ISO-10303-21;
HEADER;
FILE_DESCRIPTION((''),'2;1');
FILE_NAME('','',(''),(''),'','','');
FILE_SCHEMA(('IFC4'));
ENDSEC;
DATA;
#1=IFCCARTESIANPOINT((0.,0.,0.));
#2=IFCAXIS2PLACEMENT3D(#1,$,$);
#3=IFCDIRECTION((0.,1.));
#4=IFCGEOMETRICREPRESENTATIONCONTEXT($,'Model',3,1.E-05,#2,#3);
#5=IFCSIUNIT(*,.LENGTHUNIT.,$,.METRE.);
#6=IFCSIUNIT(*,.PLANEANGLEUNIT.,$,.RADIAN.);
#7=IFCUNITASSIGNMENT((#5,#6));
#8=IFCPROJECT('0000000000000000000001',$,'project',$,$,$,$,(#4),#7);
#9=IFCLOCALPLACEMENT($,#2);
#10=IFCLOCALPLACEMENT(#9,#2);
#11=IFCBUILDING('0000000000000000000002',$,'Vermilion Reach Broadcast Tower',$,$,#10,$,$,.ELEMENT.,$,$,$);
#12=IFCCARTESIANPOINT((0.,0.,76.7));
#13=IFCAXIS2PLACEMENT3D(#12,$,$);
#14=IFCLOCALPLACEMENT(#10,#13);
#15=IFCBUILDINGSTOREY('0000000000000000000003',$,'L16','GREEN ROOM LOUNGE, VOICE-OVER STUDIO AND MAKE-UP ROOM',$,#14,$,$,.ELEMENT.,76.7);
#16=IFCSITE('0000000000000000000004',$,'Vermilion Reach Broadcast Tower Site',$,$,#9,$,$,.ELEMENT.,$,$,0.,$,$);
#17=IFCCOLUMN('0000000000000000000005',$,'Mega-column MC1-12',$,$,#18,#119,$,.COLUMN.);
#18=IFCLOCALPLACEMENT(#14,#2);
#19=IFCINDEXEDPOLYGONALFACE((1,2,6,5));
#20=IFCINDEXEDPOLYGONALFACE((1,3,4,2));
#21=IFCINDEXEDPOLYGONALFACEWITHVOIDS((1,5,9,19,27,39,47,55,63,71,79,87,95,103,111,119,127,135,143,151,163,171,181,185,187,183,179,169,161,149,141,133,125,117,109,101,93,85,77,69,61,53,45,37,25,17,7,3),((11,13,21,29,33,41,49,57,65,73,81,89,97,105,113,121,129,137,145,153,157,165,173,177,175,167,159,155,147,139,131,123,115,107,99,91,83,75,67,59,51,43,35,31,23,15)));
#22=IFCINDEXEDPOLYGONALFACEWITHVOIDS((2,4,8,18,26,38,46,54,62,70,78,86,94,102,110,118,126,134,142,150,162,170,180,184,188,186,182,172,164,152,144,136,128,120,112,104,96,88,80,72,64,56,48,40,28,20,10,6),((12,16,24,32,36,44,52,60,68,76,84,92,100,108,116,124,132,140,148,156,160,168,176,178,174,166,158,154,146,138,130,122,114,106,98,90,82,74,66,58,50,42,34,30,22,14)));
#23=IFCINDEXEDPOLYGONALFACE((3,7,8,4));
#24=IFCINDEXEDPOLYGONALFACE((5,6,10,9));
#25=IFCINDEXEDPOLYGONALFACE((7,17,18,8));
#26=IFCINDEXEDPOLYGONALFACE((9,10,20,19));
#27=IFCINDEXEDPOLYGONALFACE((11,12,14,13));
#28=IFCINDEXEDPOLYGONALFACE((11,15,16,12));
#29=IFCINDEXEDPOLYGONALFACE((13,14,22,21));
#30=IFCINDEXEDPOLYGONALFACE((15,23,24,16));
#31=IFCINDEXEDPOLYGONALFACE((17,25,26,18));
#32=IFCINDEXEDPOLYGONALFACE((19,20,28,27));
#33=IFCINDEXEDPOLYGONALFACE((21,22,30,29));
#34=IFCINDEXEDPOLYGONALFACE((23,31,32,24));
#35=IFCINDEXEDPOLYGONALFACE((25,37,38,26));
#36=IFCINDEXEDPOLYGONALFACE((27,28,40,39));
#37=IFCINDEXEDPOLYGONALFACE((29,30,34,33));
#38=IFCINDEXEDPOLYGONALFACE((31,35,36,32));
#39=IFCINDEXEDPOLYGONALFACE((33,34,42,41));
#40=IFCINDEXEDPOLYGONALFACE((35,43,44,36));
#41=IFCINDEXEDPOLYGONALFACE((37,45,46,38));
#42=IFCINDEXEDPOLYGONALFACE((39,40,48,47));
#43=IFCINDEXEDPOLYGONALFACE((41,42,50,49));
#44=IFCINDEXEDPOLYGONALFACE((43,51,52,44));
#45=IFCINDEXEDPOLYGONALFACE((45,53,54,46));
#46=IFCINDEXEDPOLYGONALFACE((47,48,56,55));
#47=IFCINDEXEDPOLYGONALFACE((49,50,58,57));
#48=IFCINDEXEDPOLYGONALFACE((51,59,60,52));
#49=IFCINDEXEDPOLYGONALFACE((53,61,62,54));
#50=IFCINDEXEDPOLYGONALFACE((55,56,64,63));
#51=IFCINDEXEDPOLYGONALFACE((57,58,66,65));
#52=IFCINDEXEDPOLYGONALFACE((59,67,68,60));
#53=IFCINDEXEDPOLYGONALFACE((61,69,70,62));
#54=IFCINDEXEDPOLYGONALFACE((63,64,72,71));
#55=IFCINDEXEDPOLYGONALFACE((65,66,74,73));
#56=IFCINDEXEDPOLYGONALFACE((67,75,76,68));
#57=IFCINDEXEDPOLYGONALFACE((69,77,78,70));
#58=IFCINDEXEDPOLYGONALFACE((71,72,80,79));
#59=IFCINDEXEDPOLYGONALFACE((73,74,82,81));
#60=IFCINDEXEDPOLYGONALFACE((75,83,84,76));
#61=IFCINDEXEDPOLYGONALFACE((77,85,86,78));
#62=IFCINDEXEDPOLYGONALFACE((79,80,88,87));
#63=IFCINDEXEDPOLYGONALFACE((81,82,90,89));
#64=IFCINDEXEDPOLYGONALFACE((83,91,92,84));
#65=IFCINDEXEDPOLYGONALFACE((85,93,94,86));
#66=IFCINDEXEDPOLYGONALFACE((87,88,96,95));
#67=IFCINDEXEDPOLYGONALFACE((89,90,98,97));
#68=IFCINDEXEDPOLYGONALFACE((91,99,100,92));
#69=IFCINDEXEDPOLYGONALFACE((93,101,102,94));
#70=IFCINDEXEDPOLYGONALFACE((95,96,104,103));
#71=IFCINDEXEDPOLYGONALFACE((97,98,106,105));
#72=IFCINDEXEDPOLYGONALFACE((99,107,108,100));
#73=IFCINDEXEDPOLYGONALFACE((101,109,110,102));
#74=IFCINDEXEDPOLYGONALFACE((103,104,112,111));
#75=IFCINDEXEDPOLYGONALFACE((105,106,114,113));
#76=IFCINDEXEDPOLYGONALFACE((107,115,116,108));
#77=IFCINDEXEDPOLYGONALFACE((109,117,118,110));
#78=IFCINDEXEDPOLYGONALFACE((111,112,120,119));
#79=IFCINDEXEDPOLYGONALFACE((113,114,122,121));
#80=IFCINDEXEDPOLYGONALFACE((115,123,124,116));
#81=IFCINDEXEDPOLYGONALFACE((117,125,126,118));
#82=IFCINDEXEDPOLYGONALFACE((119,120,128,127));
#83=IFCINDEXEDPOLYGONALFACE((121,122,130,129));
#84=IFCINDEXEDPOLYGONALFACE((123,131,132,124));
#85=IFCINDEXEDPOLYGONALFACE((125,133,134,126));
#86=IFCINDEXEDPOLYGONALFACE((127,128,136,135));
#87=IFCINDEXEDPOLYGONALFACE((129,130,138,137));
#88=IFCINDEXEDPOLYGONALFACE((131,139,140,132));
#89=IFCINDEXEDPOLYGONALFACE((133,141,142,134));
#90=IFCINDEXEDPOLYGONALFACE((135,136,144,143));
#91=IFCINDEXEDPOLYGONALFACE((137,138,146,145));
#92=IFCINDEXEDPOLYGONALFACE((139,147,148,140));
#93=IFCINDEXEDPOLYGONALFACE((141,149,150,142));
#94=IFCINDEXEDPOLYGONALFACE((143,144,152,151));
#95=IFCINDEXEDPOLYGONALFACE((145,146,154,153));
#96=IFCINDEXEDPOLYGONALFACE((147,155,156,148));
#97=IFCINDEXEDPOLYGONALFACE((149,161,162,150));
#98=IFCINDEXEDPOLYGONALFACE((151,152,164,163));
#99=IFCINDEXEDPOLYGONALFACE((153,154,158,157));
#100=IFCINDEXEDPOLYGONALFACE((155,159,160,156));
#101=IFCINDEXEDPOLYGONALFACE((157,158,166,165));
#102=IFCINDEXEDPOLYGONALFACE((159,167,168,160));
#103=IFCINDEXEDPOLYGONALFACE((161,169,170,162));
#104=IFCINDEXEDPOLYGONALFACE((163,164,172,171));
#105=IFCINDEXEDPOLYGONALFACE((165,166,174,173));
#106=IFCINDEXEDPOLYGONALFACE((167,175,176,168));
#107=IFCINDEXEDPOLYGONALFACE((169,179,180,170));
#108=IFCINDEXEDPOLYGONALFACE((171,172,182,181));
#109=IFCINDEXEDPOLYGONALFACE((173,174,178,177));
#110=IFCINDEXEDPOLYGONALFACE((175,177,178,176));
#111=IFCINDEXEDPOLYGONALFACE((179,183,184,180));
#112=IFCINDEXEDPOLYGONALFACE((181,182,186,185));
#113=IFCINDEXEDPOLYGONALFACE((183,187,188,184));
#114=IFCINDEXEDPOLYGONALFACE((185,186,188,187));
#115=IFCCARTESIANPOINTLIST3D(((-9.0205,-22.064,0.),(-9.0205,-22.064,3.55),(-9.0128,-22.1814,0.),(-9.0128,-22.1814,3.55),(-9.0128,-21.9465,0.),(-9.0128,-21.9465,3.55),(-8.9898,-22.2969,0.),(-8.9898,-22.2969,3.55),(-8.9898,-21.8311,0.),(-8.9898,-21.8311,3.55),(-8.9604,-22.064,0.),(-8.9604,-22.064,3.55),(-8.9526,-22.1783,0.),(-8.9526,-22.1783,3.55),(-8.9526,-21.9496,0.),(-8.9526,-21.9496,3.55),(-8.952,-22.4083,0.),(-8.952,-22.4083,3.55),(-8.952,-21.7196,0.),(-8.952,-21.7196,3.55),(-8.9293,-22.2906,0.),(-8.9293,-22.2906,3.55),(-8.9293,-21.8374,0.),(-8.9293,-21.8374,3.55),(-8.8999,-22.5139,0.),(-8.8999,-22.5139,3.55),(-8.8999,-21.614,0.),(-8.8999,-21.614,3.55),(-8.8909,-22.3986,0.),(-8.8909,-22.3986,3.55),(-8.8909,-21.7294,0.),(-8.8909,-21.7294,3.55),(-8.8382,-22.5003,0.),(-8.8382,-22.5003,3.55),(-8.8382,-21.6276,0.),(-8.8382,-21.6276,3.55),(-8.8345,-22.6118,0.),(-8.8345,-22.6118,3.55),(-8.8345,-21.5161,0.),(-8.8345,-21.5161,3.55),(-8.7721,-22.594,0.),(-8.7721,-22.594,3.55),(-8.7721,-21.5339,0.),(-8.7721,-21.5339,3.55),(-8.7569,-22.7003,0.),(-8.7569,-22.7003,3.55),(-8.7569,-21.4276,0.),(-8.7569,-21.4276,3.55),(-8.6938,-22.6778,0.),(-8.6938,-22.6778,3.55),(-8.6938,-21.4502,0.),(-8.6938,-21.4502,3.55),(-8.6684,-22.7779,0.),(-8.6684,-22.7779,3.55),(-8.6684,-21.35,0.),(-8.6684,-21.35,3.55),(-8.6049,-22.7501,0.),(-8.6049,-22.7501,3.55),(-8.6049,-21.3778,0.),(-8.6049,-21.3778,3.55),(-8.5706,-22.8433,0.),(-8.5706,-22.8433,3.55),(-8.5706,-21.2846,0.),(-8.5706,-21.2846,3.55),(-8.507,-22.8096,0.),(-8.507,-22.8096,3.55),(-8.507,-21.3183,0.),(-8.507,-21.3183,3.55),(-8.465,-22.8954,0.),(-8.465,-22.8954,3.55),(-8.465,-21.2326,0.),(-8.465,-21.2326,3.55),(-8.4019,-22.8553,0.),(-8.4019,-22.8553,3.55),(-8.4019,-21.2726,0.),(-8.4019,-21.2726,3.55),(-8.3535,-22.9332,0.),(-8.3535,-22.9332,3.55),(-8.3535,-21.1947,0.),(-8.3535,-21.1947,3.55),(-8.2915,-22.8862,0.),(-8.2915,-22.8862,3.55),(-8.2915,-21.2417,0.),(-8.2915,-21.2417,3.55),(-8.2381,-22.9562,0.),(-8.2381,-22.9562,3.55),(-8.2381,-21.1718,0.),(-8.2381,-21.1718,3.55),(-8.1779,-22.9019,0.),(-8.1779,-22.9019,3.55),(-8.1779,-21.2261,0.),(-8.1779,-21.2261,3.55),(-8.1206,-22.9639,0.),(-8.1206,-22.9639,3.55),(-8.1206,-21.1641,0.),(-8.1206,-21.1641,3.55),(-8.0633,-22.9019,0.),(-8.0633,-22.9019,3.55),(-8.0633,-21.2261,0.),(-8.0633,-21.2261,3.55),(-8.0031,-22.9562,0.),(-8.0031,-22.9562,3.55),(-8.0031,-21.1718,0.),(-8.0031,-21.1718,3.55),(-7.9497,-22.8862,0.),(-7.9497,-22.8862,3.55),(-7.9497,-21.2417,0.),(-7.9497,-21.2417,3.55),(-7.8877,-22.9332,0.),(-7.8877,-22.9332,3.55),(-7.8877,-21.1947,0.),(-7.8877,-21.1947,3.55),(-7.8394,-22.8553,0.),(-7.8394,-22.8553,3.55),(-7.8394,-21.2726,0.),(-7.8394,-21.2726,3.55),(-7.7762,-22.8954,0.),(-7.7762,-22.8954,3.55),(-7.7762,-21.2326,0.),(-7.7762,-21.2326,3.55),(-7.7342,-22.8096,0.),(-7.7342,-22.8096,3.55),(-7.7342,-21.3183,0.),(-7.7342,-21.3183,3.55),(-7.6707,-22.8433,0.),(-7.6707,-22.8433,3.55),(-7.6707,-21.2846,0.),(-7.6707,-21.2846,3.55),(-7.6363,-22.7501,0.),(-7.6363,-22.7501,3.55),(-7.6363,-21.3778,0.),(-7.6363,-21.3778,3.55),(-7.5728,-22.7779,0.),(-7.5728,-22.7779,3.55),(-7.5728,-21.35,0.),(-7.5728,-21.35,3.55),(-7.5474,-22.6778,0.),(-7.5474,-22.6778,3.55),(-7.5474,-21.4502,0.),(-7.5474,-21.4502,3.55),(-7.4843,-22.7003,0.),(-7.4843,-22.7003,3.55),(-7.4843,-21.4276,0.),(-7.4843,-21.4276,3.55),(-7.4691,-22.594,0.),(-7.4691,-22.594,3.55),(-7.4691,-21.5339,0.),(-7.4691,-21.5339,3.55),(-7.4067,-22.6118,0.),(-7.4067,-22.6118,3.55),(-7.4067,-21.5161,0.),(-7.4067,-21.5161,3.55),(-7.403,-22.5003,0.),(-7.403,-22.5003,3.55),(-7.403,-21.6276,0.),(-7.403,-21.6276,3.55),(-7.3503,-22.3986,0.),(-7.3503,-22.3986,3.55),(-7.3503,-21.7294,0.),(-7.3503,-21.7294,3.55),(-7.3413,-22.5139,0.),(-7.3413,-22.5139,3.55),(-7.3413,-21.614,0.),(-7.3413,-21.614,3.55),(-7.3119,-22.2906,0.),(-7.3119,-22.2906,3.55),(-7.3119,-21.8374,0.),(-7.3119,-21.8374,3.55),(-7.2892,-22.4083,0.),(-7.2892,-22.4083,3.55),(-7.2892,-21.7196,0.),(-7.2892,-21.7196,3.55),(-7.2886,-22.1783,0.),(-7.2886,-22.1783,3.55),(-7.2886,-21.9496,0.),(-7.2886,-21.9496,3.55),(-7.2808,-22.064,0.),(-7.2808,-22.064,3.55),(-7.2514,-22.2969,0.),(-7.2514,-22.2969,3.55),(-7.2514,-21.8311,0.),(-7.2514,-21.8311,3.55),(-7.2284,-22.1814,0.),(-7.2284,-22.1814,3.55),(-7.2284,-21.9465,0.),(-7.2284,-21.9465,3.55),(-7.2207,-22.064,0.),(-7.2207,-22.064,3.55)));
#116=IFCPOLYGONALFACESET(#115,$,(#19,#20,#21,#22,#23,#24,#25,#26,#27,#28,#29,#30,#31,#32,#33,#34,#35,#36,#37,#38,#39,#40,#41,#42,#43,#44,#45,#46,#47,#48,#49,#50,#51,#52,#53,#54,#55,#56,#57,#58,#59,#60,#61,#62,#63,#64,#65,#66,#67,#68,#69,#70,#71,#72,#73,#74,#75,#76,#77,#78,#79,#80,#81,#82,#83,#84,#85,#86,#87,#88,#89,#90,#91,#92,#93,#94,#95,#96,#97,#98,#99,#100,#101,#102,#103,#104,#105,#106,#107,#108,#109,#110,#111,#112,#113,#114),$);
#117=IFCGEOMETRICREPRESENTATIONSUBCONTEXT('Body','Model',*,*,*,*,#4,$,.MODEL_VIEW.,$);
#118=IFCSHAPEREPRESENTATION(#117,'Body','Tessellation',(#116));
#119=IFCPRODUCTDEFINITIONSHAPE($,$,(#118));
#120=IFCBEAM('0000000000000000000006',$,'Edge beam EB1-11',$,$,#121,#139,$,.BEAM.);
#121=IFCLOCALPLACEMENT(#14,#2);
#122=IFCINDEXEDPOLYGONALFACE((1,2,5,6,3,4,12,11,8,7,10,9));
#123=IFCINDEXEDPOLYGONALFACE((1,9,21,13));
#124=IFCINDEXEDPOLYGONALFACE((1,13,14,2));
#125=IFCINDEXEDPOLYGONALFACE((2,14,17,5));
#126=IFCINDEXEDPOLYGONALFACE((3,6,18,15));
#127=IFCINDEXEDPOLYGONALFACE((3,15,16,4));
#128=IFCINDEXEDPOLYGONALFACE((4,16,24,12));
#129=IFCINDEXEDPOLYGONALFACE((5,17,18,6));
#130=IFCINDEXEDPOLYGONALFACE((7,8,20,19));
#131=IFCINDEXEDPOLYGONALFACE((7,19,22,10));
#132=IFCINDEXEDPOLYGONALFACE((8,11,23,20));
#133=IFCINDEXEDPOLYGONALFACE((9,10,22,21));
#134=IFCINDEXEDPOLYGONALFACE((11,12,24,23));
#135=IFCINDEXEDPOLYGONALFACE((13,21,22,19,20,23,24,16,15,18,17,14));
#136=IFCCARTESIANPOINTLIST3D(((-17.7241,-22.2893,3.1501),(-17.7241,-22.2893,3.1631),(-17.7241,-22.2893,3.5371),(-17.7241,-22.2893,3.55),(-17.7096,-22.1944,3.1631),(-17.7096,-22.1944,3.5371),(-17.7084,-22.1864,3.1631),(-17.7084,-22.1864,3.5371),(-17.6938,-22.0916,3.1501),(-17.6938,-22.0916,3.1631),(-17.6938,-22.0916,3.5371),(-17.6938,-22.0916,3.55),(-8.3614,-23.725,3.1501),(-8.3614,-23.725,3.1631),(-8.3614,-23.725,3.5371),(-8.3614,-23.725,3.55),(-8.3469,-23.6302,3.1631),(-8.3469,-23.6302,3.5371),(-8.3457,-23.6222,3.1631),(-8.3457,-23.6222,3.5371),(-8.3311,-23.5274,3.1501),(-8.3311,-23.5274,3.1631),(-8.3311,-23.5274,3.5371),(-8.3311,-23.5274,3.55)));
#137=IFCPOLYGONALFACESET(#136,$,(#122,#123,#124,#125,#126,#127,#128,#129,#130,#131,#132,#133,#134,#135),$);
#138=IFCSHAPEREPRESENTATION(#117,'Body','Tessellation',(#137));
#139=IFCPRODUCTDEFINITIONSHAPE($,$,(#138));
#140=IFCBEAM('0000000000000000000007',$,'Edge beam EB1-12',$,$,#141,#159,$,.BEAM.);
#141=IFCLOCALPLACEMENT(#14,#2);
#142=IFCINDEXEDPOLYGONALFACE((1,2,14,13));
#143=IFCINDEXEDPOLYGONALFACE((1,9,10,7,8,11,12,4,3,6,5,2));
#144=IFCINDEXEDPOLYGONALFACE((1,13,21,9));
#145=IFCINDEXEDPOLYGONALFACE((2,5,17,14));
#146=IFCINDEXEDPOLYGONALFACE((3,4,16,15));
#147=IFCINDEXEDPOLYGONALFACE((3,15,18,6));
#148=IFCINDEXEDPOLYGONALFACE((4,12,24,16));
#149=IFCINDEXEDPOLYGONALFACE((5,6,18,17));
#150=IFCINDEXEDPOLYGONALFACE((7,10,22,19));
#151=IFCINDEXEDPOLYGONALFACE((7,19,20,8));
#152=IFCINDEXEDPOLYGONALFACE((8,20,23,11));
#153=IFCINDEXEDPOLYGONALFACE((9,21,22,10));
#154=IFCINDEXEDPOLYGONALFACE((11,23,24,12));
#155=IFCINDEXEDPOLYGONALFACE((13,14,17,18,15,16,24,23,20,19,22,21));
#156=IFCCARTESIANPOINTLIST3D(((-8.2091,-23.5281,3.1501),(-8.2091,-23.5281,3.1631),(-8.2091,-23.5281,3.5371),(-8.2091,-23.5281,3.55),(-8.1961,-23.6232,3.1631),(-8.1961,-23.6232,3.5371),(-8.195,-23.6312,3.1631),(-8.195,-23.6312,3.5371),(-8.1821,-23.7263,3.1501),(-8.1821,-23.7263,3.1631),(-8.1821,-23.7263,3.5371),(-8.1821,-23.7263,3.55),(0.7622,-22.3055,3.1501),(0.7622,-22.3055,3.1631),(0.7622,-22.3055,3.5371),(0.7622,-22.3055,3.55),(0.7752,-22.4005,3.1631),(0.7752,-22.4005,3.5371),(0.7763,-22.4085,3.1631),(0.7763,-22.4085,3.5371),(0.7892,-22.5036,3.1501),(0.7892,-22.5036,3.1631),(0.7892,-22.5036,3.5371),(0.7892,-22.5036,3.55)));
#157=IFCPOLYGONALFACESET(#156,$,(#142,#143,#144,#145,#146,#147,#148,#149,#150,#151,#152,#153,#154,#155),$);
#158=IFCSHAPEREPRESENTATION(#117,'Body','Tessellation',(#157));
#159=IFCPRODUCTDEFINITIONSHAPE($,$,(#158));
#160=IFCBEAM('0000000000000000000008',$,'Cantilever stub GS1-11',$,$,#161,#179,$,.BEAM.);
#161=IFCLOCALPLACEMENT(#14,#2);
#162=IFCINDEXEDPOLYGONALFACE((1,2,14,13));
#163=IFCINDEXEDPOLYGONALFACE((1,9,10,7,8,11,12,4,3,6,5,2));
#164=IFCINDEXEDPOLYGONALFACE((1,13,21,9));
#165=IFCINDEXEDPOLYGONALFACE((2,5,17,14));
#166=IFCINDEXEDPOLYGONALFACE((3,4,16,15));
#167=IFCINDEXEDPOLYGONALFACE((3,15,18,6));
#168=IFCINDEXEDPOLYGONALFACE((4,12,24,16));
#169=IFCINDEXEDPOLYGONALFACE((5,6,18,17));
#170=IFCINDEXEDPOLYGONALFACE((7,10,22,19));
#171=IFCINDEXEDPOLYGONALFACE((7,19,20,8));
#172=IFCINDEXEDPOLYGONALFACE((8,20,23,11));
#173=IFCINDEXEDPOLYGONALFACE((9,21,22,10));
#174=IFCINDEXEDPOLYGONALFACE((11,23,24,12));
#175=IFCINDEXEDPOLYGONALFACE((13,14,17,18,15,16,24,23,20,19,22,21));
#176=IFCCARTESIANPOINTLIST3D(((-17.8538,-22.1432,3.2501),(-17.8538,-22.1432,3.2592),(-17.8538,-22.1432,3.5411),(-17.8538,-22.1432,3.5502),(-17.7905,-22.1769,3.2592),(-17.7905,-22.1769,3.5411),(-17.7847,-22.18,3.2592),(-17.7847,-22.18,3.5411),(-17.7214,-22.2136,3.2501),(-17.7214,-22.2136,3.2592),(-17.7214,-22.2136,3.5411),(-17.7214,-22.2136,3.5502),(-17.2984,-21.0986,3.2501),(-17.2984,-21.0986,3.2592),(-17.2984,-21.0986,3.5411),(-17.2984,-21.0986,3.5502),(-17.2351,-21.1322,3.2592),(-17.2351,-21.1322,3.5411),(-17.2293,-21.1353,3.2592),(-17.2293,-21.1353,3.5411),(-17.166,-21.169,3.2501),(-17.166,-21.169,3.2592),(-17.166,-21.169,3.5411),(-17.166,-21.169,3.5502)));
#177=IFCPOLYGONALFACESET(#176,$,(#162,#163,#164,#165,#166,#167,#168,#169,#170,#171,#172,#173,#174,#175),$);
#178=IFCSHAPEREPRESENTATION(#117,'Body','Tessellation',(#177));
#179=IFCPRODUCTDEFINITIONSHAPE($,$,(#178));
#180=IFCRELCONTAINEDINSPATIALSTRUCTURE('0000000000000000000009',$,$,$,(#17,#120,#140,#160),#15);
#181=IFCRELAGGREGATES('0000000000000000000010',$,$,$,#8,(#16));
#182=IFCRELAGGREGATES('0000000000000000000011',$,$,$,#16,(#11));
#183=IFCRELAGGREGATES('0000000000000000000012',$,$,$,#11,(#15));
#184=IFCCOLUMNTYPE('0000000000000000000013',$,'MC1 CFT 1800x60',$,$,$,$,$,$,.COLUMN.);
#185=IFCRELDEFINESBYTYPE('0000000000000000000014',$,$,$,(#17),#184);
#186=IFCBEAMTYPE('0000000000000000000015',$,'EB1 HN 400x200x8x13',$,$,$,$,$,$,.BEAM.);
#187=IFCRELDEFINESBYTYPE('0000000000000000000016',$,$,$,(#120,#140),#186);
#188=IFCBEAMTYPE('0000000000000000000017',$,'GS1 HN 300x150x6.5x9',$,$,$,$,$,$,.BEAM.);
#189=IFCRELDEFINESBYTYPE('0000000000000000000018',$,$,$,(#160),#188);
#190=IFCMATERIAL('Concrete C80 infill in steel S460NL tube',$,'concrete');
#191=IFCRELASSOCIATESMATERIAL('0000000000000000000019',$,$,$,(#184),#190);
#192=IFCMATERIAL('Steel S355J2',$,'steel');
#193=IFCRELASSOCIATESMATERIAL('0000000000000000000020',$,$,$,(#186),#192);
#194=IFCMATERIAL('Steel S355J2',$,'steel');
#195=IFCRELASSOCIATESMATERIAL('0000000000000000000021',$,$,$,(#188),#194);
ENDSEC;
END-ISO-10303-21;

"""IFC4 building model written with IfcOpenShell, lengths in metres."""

from ifc_helpers import new_model, si_unit, direction, frame, origin, origin_2d, place, context, subcontext, project, spatial, hollow_circle, i_section, extrude, material, material_profile, profile_set, type_object, element, save


model = new_model("IFC4")

# Units and contexts
model_context = context("Model", 3, precision=1e-05, world=origin(), true_north=direction((0.0, 1.0)))
body_context = subcontext(model_context, "Body", "Model", "MODEL_VIEW")
ifc_project = project(units=[si_unit("LENGTHUNIT", "METRE"), si_unit("PLANEANGLEUNIT", "RADIAN")], contexts=[model_context])

# Site, building, storey
site_placement = place(None, origin())
site = spatial("IfcSite", under=ifc_project, at=site_placement, Name="Vermilion Reach Broadcast Tower Site", CompositionType="ELEMENT", RefElevation=0.0)
building_placement = place(site_placement, origin())
building = spatial("IfcBuilding", under=site, at=building_placement, Name="Vermilion Reach Broadcast Tower", CompositionType="ELEMENT")
storey_placement = place(building_placement, frame((0.0, 0.0, 76.7)))
storey = spatial("IfcBuildingStorey", under=building, at=storey_placement, Name="L16", Description="GREEN ROOM LOUNGE, VOICE-OVER STUDIO AND MAKE-UP ROOM", CompositionType="ELEMENT", Elevation=76.7)

# Column
ifc_material_1 = material(Name="Concrete C80 infill in steel S460NL tube", Category="concrete")
ifc_material_profile_1 = material_profile(ifc_material_1, hollow_circle(Radius=0.8999, WallThickness=0.0601, at=origin_2d()), Name="Concrete C80 infill in steel S460NL tube CFT 1800x60")
ifc_profile_set_1 = profile_set([ifc_material_profile_1], Name="Concrete C80 infill in steel S460NL tube")
column_type = type_object("IfcColumnType", Name="MC1 CFT 1800x60", PredefinedType="COLUMN", material=ifc_profile_set_1)
for number, where, z_axis, x_axis, name in (
    (1, (-8.1206, -22.064, 0.0), (0.0, 0.0, 1.0), (1.0, 0.0, 0.0), "Mega-column MC1-12"),
):
    element("IfcColumn", number, at=place(storey_placement, frame(where, z_axis=z_axis, x_axis=x_axis)), inside=storey, type_object=column_type, Name=name, PredefinedType="COLUMN", context=body_context, shape_type="SweptSolid", body=[
        extrude(hollow_circle(Radius=0.8999, WallThickness=0.0601, at=origin_2d()), origin(), (0.0, 0.0, 1.0), 3.55),
    ])

# Beams
ifc_material_2 = material(Name="Steel S355J2", Category="steel")
ifc_material_profile_2 = material_profile(ifc_material_2, i_section(OverallWidth=0.2, OverallDepth=0.3999, WebThickness=0.0081, FlangeThickness=0.0129, at=origin_2d()), Name="S355J2 HN 400x200x8x13")
ifc_profile_set_2 = profile_set([ifc_material_profile_2], Name="Steel S355J2")
beam_type_1 = type_object("IfcBeamType", Name="EB1 HN 400x200x8x13", PredefinedType="BEAM", material=ifc_profile_set_2)
beam_1_placement = place(storey_placement, frame((-17.709, -22.1904, 3.3501), z_axis=(0.988445, -0.151579, 0.0), x_axis=(0.151579, 0.988445, 0.0)))
element("IfcBeam", 2, at=beam_1_placement, inside=storey, type_object=beam_type_1, Name="Edge beam EB1-11", PredefinedType="BEAM", context=body_context, shape_type="SweptSolid", body=[
    extrude(i_section(OverallWidth=0.2, OverallDepth=0.3999, WebThickness=0.0081, FlangeThickness=0.0129, at=origin_2d()), origin(), (0.0, 0.0, 1.0), 9.4722),
])
beam_2_placement = place(storey_placement, frame((-8.1956, -23.6272, 3.3501), z_axis=(0.99084, 0.135039, 0.0), x_axis=(-0.135039, 0.99084, 0.0)))
element("IfcBeam", 3, at=beam_2_placement, inside=storey, type_object=beam_type_1, Name="Edge beam EB1-12", PredefinedType="BEAM", context=body_context, shape_type="SweptSolid", body=[
    extrude(i_section(OverallWidth=0.2, OverallDepth=0.3999, WebThickness=0.0081, FlangeThickness=0.0129, at=origin_2d()), origin(), (0.0, 0.0, 1.0), 9.0542),
])
ifc_material_3 = material(Name="Steel S355J2", Category="steel")
ifc_material_profile_3 = material_profile(ifc_material_3, i_section(OverallWidth=0.1499, OverallDepth=0.3, WebThickness=0.0066, FlangeThickness=0.009, at=origin_2d()), Name="S355J2 HN 300x150x6.5x9")
ifc_profile_set_3 = profile_set([ifc_material_profile_3], Name="Steel S355J2")
beam_type_2 = type_object("IfcBeamType", Name="GS1 HN 300x150x6.5x9", PredefinedType="BEAM", material=ifc_profile_set_3)
beam_3_placement = place(storey_placement, frame((-17.2322, -21.1338, 3.4001), z_axis=(-0.469442, -0.882963, 0.0), x_axis=(0.882963, -0.469442, 0.0)))
element("IfcBeam", 4, at=beam_3_placement, inside=storey, type_object=beam_type_2, Name="Cantilever stub GS1-11", PredefinedType="BEAM", context=body_context, shape_type="SweptSolid", body=[
    extrude(i_section(OverallWidth=0.1499, OverallDepth=0.3, WebThickness=0.0066, FlangeThickness=0.009, at=origin_2d()), origin(), (0.0, 0.0, 1.0), 1.1831),
])

save(model, "model.ifc")
